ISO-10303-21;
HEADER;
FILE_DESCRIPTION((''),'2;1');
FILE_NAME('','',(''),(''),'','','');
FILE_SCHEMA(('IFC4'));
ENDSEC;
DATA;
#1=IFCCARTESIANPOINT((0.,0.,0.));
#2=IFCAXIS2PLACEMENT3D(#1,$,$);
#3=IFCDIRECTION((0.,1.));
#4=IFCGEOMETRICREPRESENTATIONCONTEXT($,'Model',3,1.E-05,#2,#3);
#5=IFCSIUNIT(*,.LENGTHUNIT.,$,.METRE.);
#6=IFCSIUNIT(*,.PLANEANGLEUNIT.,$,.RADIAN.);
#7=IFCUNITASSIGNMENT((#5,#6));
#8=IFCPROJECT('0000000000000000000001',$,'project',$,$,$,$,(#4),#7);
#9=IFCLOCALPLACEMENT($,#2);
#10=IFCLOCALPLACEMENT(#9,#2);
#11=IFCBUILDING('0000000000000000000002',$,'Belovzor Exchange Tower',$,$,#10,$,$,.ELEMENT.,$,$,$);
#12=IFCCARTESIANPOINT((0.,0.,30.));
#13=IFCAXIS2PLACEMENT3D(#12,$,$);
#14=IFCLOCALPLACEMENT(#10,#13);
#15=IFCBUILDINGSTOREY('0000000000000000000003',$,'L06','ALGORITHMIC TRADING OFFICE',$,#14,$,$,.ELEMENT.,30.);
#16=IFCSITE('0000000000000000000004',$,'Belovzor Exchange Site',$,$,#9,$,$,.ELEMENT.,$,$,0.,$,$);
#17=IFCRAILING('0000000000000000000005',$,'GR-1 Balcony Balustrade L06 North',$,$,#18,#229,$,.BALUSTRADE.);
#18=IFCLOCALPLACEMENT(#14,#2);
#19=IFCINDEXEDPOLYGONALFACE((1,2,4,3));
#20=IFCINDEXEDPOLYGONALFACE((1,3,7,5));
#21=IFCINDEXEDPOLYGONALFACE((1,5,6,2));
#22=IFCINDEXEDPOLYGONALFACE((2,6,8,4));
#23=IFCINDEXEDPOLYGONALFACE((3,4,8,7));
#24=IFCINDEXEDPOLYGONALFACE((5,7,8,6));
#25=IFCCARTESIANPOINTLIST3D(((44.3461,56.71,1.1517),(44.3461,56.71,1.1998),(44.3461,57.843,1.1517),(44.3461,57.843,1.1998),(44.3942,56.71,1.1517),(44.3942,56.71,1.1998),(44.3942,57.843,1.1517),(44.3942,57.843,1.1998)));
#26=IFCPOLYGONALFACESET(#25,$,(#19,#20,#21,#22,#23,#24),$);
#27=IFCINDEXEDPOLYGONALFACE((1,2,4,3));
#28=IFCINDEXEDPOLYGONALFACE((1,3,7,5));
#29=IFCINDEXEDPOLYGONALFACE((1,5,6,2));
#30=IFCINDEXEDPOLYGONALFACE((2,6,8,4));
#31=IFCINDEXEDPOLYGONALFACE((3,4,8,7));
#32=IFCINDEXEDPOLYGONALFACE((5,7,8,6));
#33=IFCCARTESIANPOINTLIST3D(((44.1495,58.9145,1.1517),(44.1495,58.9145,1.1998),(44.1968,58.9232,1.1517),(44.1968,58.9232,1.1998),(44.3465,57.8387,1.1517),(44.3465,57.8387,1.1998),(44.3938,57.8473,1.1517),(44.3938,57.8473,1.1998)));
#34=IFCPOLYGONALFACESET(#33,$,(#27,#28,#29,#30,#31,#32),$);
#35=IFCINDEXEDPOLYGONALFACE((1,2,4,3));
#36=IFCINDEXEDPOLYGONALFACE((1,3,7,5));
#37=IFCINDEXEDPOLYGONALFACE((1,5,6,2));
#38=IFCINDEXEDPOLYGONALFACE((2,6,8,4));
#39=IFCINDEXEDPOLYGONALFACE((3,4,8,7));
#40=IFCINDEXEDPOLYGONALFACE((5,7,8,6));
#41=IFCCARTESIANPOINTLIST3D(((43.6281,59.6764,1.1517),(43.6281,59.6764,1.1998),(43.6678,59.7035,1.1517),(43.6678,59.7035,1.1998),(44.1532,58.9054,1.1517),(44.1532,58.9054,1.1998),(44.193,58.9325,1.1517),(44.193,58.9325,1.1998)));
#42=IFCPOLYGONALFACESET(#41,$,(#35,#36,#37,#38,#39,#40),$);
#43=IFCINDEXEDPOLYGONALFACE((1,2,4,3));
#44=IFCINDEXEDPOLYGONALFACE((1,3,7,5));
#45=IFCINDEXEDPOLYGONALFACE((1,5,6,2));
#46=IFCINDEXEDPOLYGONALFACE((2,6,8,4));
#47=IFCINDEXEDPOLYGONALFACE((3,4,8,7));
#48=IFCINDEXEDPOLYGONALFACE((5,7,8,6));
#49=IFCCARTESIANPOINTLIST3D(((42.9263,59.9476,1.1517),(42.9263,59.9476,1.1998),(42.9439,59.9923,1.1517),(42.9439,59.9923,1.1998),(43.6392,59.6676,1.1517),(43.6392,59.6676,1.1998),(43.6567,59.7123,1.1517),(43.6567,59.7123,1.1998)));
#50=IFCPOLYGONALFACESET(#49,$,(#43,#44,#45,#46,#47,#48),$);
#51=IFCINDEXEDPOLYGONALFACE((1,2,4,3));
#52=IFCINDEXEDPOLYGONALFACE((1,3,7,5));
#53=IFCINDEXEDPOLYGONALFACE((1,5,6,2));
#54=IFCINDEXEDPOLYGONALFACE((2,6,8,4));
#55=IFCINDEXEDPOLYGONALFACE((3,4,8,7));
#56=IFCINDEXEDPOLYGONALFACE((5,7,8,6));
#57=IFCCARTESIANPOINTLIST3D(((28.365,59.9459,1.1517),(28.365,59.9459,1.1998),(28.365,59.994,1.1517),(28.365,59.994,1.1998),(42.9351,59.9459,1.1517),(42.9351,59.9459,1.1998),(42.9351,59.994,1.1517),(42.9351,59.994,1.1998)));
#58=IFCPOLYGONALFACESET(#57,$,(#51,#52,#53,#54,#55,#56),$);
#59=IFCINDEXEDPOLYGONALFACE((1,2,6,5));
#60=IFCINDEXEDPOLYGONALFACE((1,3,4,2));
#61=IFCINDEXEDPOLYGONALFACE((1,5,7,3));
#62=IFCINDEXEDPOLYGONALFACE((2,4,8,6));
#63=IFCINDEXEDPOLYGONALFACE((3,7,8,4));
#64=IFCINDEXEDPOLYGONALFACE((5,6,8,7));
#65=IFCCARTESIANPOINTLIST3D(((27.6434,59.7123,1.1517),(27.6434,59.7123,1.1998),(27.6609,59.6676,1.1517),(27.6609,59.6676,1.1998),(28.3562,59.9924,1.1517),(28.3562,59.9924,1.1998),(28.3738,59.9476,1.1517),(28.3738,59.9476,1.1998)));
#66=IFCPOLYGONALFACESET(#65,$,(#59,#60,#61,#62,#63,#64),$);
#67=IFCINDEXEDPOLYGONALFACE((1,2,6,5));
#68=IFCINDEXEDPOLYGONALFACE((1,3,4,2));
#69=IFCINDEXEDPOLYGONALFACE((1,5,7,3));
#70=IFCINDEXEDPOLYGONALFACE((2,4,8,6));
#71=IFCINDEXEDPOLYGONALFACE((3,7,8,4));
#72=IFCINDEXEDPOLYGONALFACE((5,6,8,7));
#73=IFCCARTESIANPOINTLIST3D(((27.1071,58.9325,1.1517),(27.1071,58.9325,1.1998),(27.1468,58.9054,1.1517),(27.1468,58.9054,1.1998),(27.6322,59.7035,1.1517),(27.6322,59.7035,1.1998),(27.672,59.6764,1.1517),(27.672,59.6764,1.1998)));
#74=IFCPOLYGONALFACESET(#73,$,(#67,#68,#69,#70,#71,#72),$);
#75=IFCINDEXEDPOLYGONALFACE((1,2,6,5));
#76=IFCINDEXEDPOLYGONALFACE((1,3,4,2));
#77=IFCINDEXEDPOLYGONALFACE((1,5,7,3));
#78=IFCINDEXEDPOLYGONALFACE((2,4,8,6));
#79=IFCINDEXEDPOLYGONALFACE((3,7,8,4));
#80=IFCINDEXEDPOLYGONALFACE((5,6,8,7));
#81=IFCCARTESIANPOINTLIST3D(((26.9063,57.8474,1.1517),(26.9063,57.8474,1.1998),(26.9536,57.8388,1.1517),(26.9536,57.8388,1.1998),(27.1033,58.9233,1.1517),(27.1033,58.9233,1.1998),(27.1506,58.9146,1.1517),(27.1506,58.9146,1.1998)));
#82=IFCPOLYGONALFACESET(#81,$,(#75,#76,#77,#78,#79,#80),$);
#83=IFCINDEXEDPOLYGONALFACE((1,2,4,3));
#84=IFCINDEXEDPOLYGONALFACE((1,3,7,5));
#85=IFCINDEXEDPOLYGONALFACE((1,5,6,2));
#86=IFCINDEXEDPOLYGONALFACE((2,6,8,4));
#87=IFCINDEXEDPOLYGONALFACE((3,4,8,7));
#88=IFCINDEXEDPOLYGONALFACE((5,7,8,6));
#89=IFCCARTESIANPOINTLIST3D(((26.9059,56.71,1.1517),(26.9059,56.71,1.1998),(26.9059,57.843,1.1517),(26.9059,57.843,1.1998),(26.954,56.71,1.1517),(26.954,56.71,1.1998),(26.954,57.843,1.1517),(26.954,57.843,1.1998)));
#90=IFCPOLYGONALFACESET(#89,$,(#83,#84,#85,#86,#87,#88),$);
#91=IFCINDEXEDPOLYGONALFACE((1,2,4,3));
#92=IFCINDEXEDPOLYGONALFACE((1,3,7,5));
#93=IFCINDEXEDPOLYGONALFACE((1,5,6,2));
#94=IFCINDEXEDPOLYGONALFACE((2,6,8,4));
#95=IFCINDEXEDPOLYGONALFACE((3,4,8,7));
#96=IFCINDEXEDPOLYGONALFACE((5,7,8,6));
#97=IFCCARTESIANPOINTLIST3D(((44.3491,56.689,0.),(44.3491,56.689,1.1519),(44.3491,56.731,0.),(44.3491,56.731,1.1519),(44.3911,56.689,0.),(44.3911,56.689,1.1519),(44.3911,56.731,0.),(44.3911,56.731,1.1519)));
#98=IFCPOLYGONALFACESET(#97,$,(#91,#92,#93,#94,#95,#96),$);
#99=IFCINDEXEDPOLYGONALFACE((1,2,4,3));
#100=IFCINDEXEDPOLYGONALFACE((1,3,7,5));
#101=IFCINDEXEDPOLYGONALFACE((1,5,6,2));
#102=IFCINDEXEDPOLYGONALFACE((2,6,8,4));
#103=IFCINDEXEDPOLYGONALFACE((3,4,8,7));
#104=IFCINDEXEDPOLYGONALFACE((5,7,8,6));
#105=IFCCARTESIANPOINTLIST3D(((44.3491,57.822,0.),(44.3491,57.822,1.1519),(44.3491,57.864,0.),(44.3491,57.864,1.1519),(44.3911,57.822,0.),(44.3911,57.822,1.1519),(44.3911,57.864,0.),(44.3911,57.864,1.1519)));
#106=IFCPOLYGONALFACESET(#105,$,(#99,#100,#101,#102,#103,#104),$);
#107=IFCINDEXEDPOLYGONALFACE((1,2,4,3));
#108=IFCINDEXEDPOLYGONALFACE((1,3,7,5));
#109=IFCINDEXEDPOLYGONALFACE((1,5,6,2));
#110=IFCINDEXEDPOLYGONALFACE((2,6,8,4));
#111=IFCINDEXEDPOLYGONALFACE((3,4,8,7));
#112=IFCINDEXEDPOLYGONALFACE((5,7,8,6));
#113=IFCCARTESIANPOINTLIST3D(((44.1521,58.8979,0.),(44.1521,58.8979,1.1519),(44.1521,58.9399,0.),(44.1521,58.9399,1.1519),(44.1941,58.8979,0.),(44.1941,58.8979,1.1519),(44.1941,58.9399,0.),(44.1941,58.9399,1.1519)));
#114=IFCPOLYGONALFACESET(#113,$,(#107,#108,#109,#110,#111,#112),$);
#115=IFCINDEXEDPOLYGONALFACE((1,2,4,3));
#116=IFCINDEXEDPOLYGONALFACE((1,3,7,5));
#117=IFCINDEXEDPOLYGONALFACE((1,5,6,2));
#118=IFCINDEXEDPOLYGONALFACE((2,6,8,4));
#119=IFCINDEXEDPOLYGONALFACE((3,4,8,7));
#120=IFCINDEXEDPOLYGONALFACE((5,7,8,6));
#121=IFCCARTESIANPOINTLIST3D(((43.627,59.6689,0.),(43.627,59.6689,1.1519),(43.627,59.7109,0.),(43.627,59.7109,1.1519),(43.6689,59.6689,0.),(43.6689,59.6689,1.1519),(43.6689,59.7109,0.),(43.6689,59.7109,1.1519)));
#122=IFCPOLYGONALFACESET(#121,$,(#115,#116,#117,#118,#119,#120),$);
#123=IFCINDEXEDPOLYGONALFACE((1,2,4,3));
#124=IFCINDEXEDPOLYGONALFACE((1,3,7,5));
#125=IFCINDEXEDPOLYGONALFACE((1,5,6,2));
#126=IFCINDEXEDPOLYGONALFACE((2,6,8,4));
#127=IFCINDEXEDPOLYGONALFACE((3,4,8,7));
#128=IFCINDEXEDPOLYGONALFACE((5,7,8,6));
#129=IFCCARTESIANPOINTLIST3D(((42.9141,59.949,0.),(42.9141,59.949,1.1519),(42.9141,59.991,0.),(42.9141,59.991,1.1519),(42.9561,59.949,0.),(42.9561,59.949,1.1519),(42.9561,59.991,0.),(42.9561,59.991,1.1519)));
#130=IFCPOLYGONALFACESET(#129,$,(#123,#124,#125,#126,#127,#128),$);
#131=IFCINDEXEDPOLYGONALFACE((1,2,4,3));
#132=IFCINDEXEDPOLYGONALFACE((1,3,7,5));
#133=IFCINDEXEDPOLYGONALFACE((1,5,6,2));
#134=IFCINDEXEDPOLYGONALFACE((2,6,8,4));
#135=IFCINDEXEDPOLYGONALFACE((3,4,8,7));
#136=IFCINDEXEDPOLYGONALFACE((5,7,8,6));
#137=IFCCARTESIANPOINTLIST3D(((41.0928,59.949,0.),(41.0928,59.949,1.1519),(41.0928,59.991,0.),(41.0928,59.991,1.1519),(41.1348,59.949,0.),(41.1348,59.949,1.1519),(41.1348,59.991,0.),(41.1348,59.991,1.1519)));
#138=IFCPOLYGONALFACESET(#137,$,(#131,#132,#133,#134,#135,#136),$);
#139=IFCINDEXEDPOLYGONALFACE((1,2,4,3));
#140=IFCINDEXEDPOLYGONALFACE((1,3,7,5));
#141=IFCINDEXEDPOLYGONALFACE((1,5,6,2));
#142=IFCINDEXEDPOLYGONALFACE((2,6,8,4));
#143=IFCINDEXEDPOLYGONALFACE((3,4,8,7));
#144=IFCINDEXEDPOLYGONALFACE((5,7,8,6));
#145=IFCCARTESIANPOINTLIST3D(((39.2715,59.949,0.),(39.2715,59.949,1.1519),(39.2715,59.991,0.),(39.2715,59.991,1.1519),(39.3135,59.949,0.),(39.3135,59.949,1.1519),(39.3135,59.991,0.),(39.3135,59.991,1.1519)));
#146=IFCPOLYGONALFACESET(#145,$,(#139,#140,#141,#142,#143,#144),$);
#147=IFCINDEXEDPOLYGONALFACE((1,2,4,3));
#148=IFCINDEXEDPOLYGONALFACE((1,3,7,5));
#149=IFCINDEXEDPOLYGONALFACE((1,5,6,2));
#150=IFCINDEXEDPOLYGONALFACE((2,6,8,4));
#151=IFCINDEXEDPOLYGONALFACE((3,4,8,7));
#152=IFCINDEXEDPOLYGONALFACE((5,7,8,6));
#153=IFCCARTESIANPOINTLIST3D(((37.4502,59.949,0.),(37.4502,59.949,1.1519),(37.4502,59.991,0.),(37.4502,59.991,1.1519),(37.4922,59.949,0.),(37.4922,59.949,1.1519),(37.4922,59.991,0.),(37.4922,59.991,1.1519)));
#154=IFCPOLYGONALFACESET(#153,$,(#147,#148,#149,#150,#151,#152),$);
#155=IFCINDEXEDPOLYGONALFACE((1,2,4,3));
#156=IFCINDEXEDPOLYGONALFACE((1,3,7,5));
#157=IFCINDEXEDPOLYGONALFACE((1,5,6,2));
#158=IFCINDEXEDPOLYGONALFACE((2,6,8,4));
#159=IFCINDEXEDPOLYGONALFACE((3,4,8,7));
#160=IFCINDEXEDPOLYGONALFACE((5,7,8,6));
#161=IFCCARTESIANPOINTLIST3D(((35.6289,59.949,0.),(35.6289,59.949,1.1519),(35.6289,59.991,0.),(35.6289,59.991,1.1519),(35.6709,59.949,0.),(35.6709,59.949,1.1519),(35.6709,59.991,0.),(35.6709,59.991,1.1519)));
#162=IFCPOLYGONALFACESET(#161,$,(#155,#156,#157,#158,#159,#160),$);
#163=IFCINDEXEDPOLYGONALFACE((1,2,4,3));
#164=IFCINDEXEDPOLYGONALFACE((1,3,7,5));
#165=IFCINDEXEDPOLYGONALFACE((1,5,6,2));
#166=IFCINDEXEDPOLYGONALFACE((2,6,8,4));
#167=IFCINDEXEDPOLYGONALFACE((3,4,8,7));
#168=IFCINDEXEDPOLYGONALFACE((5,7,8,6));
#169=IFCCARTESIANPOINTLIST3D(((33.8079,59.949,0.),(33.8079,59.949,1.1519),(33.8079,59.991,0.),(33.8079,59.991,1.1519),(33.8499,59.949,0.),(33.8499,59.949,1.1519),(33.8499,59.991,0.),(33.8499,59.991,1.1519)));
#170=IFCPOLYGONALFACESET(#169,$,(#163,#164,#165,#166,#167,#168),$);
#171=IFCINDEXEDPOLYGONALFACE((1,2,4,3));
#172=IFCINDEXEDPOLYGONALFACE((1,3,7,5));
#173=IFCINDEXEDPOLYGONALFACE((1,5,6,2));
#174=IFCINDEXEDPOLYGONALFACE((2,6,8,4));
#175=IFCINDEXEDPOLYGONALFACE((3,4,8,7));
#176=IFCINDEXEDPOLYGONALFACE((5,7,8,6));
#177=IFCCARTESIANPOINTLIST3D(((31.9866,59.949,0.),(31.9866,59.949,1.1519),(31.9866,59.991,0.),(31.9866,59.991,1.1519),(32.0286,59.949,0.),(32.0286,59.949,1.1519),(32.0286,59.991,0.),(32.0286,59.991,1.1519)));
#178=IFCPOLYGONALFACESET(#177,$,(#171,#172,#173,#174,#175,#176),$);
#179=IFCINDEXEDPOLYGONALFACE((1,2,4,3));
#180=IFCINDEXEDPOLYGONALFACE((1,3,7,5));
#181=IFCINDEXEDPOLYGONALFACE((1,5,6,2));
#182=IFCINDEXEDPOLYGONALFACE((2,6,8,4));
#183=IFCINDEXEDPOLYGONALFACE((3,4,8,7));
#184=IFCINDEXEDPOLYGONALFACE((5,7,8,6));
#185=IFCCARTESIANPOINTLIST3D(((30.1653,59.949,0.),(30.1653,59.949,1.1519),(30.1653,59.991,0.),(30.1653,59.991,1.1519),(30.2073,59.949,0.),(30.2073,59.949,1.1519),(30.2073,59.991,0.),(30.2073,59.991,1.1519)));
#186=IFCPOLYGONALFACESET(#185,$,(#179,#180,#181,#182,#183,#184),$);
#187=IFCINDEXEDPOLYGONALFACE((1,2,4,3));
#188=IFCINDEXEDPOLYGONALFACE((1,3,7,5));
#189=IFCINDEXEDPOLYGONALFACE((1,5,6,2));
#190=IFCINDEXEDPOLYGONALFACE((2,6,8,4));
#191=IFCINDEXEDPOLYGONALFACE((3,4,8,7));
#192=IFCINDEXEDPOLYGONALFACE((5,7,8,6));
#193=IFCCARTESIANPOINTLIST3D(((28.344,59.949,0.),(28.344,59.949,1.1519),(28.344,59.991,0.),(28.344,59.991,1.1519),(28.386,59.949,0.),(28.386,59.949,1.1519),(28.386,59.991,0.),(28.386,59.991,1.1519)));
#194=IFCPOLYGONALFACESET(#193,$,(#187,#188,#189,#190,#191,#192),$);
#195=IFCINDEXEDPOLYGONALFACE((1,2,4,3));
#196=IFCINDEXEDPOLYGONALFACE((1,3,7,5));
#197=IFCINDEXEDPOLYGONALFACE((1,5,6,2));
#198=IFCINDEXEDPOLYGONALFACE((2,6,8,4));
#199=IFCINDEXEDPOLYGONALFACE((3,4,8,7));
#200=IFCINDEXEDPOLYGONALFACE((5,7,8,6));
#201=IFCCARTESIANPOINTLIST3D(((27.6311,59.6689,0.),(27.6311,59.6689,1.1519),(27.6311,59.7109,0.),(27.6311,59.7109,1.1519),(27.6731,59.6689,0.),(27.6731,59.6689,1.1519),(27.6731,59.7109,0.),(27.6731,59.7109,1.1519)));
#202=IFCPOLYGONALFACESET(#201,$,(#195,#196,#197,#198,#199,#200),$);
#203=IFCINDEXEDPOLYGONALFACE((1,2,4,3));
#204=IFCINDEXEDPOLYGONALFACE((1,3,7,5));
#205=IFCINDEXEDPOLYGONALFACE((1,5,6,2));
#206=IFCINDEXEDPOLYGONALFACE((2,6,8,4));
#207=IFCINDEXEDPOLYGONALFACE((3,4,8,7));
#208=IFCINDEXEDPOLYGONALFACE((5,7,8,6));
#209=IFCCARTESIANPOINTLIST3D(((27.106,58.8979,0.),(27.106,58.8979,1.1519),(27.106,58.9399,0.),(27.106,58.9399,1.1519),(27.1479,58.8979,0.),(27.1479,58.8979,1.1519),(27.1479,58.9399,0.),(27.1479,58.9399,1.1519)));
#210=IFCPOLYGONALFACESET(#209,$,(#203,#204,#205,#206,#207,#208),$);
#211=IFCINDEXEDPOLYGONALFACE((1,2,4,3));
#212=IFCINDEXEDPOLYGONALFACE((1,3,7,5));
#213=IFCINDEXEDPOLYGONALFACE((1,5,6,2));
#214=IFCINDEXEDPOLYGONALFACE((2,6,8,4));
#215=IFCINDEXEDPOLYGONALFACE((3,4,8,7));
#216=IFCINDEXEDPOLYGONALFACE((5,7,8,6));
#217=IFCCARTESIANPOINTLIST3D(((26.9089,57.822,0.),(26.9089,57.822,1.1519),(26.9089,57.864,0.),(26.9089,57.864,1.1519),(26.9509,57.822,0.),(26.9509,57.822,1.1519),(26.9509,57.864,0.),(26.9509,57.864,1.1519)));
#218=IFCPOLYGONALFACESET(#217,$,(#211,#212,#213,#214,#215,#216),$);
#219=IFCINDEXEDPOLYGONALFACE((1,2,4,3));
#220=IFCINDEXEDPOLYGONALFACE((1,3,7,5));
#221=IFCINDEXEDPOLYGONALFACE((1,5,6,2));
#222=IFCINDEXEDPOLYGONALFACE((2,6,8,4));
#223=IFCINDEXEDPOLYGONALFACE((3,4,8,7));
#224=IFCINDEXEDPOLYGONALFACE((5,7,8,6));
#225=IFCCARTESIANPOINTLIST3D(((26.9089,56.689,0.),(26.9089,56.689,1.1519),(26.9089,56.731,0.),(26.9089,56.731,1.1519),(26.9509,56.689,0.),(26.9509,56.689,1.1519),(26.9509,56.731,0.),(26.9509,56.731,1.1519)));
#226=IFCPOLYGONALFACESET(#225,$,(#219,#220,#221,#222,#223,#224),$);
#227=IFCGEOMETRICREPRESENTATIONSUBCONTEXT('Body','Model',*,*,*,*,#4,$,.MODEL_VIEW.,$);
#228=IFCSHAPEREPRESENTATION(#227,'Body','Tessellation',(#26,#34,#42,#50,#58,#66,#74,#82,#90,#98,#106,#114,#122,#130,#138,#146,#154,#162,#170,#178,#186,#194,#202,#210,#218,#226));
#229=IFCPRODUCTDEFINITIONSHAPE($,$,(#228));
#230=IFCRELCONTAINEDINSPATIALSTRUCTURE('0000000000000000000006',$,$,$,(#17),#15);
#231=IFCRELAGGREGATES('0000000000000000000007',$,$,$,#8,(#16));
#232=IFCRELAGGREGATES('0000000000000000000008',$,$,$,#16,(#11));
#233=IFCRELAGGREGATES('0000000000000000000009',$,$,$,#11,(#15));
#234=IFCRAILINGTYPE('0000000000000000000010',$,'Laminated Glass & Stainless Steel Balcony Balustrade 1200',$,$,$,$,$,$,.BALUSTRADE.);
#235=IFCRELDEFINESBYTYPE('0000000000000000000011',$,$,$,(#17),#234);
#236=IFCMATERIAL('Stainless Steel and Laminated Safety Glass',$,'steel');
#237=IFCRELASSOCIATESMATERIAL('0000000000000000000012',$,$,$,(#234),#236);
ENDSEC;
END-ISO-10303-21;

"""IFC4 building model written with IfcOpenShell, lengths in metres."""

from ifc_helpers import new_model, si_unit, direction, frame, origin, origin_2d, place, context, subcontext, project, spatial, rectangle, extrude, material, type_object, element, save


model = new_model("IFC4")

# Units and contexts
model_context = context("Model", 3, precision=1e-05, world=origin(), true_north=direction((0.0, 1.0)))
body_context = subcontext(model_context, "Body", "Model", "MODEL_VIEW")
ifc_project = project(units=[si_unit("LENGTHUNIT", "METRE"), si_unit("PLANEANGLEUNIT", "RADIAN")], contexts=[model_context])

# Site, building, storey
site_placement = place(None, origin())
site = spatial("IfcSite", under=ifc_project, at=site_placement, Name="Belovzor Exchange Site", CompositionType="ELEMENT", RefElevation=0.0)
building_placement = place(site_placement, origin())
building = spatial("IfcBuilding", under=site, at=building_placement, Name="Belovzor Exchange Tower", CompositionType="ELEMENT")
storey_placement = place(building_placement, frame((0.0, 0.0, 30.0)))
storey = spatial("IfcBuildingStorey", under=building, at=storey_placement, Name="L06", Description="ALGORITHMIC TRADING OFFICE", CompositionType="ELEMENT", Elevation=30.0)

# Railing
ifc_material_1 = material(Name="Stainless Steel and Laminated Safety Glass", Category="steel")
railing_type = type_object("IfcRailingType", Name="Laminated Glass & Stainless Steel Balcony Balustrade 1200", PredefinedType="BALUSTRADE", material=ifc_material_1)
railing_placement = place(storey_placement, frame((44.3701, 56.71, 0.0)))
element("IfcRailing", 1, at=railing_placement, inside=storey, type_object=railing_type, Name="GR-1 Balcony Balustrade L06 North", PredefinedType="BALUSTRADE", context=body_context, shape_type="SweptSolid", body=[
    extrude(rectangle(XDim=0.0481, YDim=0.0481, at=origin_2d()), frame((0.0, 0.0, 1.1758), z_axis=(0.0, 1.0, 0.0), x_axis=(-1.0, 0.0, 0.0)), (0.0, 0.0, 1.0), 1.1331),
    extrude(rectangle(XDim=0.0481, YDim=0.0481, at=origin_2d()), frame((0.0, 1.1331, 1.1758), z_axis=(-0.180123, 0.983644, 0.0), x_axis=(-0.983644, -0.180123, 0.0)), (0.0, 0.0, 1.0), 1.0938),
    extrude(rectangle(XDim=0.0481, YDim=0.0481, at=origin_2d()), frame((-0.197, 2.209, 1.1758), z_axis=(-0.562947, 0.826493, 0.0), x_axis=(-0.826493, -0.562947, 0.0)), (0.0, 0.0, 1.0), 0.9329),
    extrude(rectangle(XDim=0.0481, YDim=0.0481, at=origin_2d()), frame((-0.7222, 2.98, 1.1758), z_axis=(-0.930767, 0.365613, 0.0), x_axis=(-0.365613, -0.930767, 0.0)), (0.0, 0.0, 1.0), 0.7659),
    extrude(rectangle(XDim=0.0481, YDim=0.0481, at=origin_2d()), frame((-1.4351, 3.26, 1.1758), z_axis=(-1.0, 0.0, 0.0), x_axis=(0.0, -1.0, 0.0)), (0.0, 0.0, 1.0), 14.5701),
    extrude(rectangle(XDim=0.0481, YDim=0.0481, at=origin_2d()), frame((-16.0051, 3.26, 1.1758), z_axis=(-0.930767, -0.365613, 0.0), x_axis=(0.365613, -0.930767, 0.0)), (0.0, 0.0, 1.0), 0.7659),
    extrude(rectangle(XDim=0.0481, YDim=0.0481, at=origin_2d()), frame((-16.718, 2.98, 1.1758), z_axis=(-0.562947, -0.826493, 0.0), x_axis=(0.826493, -0.562947, 0.0)), (0.0, 0.0, 1.0), 0.9329),
    extrude(rectangle(XDim=0.0481, YDim=0.0481, at=origin_2d()), frame((-17.2432, 2.209, 1.1758), z_axis=(-0.180123, -0.983644, 0.0), x_axis=(0.983644, -0.180123, 0.0)), (0.0, 0.0, 1.0), 1.0938),
    extrude(rectangle(XDim=0.0481, YDim=0.0481, at=origin_2d()), frame((-17.4402, 1.1331, 1.1758), z_axis=(0.0, -1.0, 0.0), x_axis=(1.0, 0.0, 0.0)), (0.0, 0.0, 1.0), 1.1331),
    extrude(rectangle(XDim=0.042, YDim=0.042, at=origin_2d()), origin(), (0.0, 0.0, 1.0), 1.1519),
    extrude(rectangle(XDim=0.042, YDim=0.042, at=origin_2d()), frame((0.0, 1.1331, 0.0)), (0.0, 0.0, 1.0), 1.1519),
    extrude(rectangle(XDim=0.042, YDim=0.042, at=origin_2d()), frame((-0.197, 2.209, 0.0)), (0.0, 0.0, 1.0), 1.1519),
    extrude(rectangle(XDim=0.042, YDim=0.042, at=origin_2d()), frame((-0.7222, 2.98, 0.0)), (0.0, 0.0, 1.0), 1.1519),
    extrude(rectangle(XDim=0.042, YDim=0.042, at=origin_2d()), frame((-1.4351, 3.26, 0.0)), (0.0, 0.0, 1.0), 1.1519),
    extrude(rectangle(XDim=0.042, YDim=0.042, at=origin_2d()), frame((-3.2563, 3.26, 0.0)), (0.0, 0.0, 1.0), 1.1519),
    extrude(rectangle(XDim=0.042, YDim=0.042, at=origin_2d()), frame((-5.0776, 3.26, 0.0)), (0.0, 0.0, 1.0), 1.1519),
    extrude(rectangle(XDim=0.042, YDim=0.042, at=origin_2d()), frame((-6.8989, 3.26, 0.0)), (0.0, 0.0, 1.0), 1.1519),
    extrude(rectangle(XDim=0.042, YDim=0.042, at=origin_2d()), frame((-8.7202, 3.26, 0.0)), (0.0, 0.0, 1.0), 1.1519),
    extrude(rectangle(XDim=0.042, YDim=0.042, at=origin_2d()), frame((-10.5413, 3.26, 0.0)), (0.0, 0.0, 1.0), 1.1519),
    extrude(rectangle(XDim=0.042, YDim=0.042, at=origin_2d()), frame((-12.3625, 3.26, 0.0)), (0.0, 0.0, 1.0), 1.1519),
    extrude(rectangle(XDim=0.042, YDim=0.042, at=origin_2d()), frame((-14.1838, 3.26, 0.0)), (0.0, 0.0, 1.0), 1.1519),
    extrude(rectangle(XDim=0.042, YDim=0.042, at=origin_2d()), frame((-16.0051, 3.26, 0.0)), (0.0, 0.0, 1.0), 1.1519),
    extrude(rectangle(XDim=0.042, YDim=0.042, at=origin_2d()), frame((-16.718, 2.98, 0.0)), (0.0, 0.0, 1.0), 1.1519),
    extrude(rectangle(XDim=0.042, YDim=0.042, at=origin_2d()), frame((-17.2432, 2.209, 0.0)), (0.0, 0.0, 1.0), 1.1519),
    extrude(rectangle(XDim=0.042, YDim=0.042, at=origin_2d()), frame((-17.4402, 1.1331, 0.0)), (0.0, 0.0, 1.0), 1.1519),
    extrude(rectangle(XDim=0.042, YDim=0.042, at=origin_2d()), frame((-17.4402, 0.0, 0.0)), (0.0, 0.0, 1.0), 1.1519),
])

save(model, "model.ifc")
